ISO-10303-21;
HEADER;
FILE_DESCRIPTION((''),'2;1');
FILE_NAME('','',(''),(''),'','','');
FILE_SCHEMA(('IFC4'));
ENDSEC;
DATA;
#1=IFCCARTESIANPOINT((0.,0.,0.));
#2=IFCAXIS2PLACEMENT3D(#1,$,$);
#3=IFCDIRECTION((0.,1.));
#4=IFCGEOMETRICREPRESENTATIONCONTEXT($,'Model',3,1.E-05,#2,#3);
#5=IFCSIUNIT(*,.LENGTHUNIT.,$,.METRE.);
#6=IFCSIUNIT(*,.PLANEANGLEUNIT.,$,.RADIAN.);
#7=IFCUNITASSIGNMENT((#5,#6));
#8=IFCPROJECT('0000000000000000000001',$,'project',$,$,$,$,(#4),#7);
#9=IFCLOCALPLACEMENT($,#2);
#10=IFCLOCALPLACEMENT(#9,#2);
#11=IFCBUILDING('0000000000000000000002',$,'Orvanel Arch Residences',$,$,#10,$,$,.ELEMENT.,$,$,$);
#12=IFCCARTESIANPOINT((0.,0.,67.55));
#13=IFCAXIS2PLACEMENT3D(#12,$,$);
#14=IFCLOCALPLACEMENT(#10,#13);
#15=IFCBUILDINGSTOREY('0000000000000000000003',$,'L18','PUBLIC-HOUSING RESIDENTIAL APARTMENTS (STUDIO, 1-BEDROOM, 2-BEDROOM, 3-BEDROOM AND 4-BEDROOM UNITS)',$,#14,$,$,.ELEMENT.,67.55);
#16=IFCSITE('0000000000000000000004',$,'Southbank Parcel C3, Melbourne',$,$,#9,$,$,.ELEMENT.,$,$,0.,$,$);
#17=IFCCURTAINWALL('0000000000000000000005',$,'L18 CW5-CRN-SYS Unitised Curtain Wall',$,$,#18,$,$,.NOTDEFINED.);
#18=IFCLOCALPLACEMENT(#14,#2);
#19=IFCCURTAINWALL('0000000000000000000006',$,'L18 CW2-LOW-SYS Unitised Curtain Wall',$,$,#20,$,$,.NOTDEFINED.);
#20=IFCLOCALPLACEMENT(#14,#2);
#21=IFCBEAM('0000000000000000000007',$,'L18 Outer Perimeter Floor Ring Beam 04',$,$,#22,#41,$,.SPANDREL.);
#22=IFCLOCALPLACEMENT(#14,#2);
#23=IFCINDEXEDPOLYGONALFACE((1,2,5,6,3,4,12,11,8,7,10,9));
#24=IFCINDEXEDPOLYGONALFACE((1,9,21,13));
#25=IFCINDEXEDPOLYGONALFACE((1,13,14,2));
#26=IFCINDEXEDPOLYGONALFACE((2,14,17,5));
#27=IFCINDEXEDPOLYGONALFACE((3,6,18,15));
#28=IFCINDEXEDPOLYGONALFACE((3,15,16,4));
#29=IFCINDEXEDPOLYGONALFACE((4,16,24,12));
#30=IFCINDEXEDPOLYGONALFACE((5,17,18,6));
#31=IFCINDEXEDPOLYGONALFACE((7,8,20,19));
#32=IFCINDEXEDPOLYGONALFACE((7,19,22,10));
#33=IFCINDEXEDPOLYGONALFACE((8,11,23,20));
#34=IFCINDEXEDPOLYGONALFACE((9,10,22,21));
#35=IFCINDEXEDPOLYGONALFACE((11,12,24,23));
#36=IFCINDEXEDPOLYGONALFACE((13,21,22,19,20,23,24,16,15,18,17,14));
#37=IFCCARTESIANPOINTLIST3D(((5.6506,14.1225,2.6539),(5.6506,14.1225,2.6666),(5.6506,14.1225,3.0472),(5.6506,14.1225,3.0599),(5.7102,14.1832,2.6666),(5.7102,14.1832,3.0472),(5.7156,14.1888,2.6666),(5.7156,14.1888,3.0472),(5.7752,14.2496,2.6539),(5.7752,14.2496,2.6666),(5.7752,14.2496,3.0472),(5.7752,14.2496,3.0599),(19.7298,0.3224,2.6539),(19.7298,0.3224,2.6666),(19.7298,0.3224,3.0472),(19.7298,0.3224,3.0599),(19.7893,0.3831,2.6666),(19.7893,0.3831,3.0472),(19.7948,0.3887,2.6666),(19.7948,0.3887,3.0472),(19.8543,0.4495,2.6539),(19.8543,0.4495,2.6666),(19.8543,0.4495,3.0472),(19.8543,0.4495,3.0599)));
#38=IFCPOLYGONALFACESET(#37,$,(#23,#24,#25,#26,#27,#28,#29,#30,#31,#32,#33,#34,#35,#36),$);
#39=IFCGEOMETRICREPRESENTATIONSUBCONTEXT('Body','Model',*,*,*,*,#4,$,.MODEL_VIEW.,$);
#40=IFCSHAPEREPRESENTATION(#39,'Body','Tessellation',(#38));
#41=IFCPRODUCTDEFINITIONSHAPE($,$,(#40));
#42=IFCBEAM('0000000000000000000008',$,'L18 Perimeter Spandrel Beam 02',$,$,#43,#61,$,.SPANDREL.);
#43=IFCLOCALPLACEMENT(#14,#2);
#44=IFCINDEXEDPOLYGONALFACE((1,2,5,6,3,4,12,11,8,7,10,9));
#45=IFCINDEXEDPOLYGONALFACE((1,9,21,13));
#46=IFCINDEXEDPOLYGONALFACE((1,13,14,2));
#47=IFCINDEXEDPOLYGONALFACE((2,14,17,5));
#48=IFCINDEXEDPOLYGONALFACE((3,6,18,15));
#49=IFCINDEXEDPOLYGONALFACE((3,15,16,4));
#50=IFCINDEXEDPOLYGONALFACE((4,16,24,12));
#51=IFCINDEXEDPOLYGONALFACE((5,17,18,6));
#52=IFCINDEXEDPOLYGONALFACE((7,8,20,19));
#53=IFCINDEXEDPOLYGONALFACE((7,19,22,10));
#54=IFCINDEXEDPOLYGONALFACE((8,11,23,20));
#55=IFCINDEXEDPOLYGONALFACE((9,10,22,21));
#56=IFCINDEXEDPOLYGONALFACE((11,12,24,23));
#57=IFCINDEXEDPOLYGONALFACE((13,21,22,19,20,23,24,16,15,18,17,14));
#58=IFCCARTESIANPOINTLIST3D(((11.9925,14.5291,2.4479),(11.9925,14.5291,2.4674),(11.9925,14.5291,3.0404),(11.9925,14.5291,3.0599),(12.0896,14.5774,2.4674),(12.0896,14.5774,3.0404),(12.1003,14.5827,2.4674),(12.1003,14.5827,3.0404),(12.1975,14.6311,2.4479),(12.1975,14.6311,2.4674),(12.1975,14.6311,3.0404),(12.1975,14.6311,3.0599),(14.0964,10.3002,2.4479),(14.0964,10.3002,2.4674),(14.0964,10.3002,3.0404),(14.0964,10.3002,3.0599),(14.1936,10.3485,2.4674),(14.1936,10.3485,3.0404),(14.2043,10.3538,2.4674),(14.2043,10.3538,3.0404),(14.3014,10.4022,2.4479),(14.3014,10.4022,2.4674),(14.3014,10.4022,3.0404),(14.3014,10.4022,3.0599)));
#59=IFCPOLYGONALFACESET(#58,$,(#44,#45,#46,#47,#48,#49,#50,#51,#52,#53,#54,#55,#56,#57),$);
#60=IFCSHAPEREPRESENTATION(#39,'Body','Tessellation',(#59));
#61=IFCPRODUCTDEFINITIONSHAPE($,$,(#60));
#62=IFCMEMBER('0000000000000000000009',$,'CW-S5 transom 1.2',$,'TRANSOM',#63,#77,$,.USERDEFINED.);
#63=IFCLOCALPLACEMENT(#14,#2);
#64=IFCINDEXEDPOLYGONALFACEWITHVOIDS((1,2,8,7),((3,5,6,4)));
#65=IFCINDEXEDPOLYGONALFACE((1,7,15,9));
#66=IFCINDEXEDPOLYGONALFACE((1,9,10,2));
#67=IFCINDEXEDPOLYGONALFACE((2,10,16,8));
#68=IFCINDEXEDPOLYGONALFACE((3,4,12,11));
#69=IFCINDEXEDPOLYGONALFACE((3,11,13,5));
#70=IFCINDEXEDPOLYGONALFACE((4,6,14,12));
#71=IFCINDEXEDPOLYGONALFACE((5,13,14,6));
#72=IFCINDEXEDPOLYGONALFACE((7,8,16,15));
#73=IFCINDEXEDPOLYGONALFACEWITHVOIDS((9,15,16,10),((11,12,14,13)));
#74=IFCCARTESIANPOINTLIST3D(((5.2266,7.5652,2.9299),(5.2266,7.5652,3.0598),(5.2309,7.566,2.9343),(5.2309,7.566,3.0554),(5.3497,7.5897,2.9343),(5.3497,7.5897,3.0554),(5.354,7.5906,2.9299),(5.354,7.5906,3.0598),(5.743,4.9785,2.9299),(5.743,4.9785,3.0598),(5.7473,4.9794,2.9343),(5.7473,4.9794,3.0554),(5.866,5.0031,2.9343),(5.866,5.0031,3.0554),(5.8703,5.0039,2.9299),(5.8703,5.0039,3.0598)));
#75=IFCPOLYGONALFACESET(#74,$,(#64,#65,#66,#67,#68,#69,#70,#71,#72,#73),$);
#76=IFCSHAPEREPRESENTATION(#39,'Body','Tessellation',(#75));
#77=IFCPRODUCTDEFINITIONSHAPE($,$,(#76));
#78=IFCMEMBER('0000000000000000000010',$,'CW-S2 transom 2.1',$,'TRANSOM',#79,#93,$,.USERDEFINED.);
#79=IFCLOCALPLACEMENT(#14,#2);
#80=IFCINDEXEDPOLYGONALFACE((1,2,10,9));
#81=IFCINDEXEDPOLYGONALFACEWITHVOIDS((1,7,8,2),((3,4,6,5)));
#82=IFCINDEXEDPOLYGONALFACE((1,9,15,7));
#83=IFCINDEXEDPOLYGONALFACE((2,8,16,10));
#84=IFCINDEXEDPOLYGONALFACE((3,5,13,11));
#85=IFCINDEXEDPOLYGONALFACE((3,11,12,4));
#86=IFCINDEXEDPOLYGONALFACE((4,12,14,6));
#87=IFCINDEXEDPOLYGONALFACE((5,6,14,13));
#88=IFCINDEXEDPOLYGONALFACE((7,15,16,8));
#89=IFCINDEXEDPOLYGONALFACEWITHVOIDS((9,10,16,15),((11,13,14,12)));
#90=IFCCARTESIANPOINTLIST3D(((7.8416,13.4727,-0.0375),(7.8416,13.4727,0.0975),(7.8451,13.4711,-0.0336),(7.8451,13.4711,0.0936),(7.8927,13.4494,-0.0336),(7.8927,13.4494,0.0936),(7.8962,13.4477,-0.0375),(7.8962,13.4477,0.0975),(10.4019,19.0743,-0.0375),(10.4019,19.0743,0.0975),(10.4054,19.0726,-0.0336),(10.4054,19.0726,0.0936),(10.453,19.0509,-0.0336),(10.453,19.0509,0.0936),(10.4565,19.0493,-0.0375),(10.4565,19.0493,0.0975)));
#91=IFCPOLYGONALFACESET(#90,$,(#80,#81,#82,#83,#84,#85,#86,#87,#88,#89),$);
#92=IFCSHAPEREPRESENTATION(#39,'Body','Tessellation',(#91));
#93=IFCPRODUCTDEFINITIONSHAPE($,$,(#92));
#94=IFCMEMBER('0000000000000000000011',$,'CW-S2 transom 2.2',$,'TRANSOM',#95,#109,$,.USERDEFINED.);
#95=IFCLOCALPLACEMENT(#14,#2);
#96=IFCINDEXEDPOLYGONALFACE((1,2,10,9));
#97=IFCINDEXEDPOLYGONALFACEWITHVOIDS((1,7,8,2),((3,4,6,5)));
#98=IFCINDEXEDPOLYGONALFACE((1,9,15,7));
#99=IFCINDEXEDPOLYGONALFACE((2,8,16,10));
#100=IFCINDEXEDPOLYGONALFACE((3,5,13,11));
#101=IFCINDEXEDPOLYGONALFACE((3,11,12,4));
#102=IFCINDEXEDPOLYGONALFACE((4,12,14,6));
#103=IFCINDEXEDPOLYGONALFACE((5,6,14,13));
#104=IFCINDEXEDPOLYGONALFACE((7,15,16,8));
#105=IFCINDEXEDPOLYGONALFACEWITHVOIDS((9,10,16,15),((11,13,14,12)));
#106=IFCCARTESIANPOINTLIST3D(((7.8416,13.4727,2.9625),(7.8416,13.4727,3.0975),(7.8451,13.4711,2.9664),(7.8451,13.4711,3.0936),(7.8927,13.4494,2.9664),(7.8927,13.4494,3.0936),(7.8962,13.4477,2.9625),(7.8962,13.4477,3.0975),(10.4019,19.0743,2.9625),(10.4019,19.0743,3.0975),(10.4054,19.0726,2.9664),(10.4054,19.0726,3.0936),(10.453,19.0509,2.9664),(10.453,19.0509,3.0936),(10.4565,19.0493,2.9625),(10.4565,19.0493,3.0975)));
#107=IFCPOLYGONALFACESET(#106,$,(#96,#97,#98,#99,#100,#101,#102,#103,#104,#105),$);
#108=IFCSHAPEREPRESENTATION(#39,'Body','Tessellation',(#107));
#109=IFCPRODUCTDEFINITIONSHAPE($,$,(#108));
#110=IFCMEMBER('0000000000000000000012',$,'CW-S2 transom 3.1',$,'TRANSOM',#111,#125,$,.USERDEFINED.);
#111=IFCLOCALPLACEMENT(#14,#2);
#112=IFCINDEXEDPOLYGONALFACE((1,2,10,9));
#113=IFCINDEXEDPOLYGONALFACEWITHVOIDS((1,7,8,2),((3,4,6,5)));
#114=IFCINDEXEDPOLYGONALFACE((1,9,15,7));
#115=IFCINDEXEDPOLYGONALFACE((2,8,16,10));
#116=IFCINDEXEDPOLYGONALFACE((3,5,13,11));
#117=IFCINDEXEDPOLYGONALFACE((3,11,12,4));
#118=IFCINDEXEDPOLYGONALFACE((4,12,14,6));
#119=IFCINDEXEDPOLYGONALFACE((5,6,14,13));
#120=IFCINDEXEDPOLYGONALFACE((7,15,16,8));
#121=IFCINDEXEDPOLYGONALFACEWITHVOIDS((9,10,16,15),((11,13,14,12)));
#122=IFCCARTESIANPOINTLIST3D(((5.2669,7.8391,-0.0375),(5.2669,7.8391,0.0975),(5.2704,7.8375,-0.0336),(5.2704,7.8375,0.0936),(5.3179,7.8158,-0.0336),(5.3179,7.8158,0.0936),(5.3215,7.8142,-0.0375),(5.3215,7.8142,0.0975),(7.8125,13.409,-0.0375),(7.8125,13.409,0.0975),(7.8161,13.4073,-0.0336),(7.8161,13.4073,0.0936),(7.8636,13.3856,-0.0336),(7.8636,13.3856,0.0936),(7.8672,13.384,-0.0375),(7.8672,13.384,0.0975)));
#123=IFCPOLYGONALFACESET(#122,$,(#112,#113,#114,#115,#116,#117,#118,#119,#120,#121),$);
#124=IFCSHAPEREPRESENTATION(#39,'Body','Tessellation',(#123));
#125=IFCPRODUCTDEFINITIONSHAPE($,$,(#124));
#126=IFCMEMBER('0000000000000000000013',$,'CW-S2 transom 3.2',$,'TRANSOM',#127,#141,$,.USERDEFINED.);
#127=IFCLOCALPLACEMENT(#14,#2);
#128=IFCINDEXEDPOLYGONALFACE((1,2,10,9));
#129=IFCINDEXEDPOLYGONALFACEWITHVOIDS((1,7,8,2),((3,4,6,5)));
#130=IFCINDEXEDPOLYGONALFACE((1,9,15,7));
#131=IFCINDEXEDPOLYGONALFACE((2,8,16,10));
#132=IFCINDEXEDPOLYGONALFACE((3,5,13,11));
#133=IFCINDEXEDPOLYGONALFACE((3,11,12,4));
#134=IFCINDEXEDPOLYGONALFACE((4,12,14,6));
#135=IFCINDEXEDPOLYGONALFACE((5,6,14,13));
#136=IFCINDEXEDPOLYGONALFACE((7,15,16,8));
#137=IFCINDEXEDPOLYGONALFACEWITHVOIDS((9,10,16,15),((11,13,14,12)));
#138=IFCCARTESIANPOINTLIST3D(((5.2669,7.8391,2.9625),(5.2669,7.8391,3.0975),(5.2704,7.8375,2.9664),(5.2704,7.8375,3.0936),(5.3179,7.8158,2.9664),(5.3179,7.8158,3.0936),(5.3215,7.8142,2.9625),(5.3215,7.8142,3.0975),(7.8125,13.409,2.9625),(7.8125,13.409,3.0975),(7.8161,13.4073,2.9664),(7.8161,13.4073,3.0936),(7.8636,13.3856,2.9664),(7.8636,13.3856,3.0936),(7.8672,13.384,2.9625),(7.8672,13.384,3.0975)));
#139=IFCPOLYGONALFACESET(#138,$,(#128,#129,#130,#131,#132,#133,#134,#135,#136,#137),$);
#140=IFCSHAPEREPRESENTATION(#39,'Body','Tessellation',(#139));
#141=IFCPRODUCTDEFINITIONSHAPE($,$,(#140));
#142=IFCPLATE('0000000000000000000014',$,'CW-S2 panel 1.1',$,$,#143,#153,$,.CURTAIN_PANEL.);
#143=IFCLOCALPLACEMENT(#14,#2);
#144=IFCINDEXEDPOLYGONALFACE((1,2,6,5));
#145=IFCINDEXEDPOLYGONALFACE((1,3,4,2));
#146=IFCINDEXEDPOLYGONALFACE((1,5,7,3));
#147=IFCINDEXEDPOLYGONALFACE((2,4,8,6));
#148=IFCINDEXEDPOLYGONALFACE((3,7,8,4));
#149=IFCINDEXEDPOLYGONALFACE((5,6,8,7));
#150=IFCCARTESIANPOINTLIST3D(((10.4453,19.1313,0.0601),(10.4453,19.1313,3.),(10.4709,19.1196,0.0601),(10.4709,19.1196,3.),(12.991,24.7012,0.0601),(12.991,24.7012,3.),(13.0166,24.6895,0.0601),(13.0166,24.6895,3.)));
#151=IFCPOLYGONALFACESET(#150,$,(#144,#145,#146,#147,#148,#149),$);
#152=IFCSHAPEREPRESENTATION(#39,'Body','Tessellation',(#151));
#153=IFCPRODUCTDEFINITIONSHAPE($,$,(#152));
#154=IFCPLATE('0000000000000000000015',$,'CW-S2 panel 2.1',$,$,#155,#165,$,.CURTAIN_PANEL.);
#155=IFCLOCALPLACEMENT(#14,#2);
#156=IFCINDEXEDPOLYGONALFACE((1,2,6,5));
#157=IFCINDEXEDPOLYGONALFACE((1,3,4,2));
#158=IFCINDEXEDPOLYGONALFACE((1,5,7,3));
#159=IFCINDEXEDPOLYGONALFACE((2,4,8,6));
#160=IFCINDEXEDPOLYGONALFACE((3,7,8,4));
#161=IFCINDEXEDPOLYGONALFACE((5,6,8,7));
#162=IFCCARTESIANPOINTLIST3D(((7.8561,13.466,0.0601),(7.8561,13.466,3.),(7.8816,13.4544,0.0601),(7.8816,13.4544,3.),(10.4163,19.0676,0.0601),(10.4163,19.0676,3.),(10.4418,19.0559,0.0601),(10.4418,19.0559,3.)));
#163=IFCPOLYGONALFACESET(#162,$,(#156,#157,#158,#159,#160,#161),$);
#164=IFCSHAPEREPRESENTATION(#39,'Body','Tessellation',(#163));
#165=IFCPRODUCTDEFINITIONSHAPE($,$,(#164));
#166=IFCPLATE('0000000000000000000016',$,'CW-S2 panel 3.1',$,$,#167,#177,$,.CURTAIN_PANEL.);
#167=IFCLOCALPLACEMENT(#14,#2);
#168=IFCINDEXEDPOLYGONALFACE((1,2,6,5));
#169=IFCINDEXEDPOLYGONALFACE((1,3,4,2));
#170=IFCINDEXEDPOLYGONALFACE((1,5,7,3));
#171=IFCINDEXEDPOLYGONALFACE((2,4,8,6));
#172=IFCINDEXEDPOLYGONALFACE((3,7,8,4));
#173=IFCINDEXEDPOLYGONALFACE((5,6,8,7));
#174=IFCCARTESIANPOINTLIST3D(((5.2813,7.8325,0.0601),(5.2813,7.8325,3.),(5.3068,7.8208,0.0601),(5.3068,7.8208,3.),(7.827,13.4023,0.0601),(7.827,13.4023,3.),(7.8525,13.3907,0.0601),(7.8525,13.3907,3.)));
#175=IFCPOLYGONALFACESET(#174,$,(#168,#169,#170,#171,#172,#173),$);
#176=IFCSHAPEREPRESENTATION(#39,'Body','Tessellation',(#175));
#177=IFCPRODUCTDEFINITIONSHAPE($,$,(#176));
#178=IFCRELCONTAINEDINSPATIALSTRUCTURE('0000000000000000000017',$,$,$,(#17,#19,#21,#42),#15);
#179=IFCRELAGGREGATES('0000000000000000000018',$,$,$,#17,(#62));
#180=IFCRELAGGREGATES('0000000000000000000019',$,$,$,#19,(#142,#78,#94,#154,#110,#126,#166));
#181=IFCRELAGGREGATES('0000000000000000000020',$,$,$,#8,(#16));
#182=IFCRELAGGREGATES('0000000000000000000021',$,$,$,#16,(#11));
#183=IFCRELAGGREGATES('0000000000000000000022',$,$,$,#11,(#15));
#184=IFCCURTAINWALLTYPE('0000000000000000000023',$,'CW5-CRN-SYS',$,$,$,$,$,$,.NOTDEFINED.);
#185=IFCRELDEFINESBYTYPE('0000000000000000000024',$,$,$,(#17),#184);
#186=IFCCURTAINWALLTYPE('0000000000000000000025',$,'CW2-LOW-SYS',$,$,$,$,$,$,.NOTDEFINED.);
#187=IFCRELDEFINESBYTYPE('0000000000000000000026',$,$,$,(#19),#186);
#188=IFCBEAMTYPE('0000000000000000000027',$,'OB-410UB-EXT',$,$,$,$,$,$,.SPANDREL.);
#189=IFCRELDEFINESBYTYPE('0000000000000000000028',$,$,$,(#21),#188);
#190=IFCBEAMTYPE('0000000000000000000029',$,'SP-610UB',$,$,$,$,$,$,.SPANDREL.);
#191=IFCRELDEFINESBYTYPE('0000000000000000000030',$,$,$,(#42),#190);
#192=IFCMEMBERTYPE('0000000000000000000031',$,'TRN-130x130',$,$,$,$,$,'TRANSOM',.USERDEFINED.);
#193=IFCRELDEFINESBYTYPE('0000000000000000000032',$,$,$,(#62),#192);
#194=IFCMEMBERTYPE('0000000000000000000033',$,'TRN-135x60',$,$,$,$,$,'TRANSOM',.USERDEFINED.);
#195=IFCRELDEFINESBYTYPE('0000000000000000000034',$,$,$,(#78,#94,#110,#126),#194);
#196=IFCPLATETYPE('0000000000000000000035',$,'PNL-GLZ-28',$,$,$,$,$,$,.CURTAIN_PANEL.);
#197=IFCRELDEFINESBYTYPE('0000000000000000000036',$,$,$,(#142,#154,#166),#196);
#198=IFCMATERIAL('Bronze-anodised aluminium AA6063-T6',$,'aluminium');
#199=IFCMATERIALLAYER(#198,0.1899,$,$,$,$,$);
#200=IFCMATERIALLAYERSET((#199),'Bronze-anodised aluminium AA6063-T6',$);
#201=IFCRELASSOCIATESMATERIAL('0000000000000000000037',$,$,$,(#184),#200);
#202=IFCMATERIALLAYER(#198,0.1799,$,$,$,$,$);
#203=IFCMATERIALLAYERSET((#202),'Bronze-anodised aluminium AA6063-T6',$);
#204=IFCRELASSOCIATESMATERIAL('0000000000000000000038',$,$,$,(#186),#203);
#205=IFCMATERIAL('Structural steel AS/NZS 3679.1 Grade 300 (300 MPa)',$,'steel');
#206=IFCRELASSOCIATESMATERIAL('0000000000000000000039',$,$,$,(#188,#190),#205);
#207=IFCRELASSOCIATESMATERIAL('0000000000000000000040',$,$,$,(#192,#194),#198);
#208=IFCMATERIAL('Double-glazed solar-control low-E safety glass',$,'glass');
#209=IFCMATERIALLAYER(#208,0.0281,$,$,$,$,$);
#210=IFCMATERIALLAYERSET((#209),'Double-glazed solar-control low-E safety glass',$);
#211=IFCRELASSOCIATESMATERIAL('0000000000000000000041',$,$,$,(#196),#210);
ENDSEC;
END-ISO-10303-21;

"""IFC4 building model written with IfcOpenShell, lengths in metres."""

from ifc_helpers import new_model, si_unit, direction, frame, origin, origin_2d, place, context, subcontext, project, spatial, rectangle, hollow_rectangle, i_section, extrude, material, layer, layer_set, material_profile, profile_set, type_object, element, aggregate, save


model = new_model("IFC4")

# Units and contexts
model_context = context("Model", 3, precision=1e-05, world=origin(), true_north=direction((0.0, 1.0)))
body_context = subcontext(model_context, "Body", "Model", "MODEL_VIEW")
ifc_project = project(units=[si_unit("LENGTHUNIT", "METRE"), si_unit("PLANEANGLEUNIT", "RADIAN")], contexts=[model_context])

# Site, building, storey
site_placement = place(None, origin())
site = spatial("IfcSite", under=ifc_project, at=site_placement, Name="Southbank Parcel C3, Melbourne", CompositionType="ELEMENT", RefElevation=0.0)
building_placement = place(site_placement, origin())
building = spatial("IfcBuilding", under=site, at=building_placement, Name="Orvanel Arch Residences", CompositionType="ELEMENT")
storey_placement = place(building_placement, frame((0.0, 0.0, 67.55)))
storey = spatial("IfcBuildingStorey", under=building, at=storey_placement, Name="L18", Description="PUBLIC-HOUSING RESIDENTIAL APARTMENTS (STUDIO, 1-BEDROOM, 2-BEDROOM, 3-BEDROOM AND 4-BEDROOM UNITS)", CompositionType="ELEMENT", Elevation=67.55)

# Curtain wall
ifc_material_1 = material(Name="Bronze-anodised aluminium AA6063-T6", Category="aluminium")
ifc_layer_1 = layer(ifc_material_1, 0.1899)
ifc_layer_set_1 = layer_set([ifc_layer_1], Name="Bronze-anodised aluminium AA6063-T6")
curtain_wall_type_1 = type_object("IfcCurtainWallType", Name="CW5-CRN-SYS", PredefinedType="NOTDEFINED", material=ifc_layer_set_1)
curtain_wall_1_placement = place(storey_placement, origin())
curtain_wall_1 = element("IfcCurtainWall", 1, at=curtain_wall_1_placement, inside=storey, type_object=curtain_wall_type_1, Name="L18 CW5-CRN-SYS Unitised Curtain Wall", PredefinedType="NOTDEFINED")

# Curtain wall
ifc_layer_2 = layer(ifc_material_1, 0.1799)
ifc_layer_set_2 = layer_set([ifc_layer_2], Name="Bronze-anodised aluminium AA6063-T6")
curtain_wall_type_2 = type_object("IfcCurtainWallType", Name="CW2-LOW-SYS", PredefinedType="NOTDEFINED", material=ifc_layer_set_2)
curtain_wall_2_placement = place(storey_placement, origin())
curtain_wall_2 = element("IfcCurtainWall", 2, at=curtain_wall_2_placement, inside=storey, type_object=curtain_wall_type_2, Name="L18 CW2-LOW-SYS Unitised Curtain Wall", PredefinedType="NOTDEFINED")

# Beams
ifc_material_2 = material(Name="Structural steel AS/NZS 3679.1 Grade 300 (300 MPa)", Category="steel")
ifc_material_profile_1 = material_profile(ifc_material_2, i_section(OverallWidth=0.178, OverallDepth=0.406, WebThickness=0.0078, FlangeThickness=0.0127, at=origin_2d()), Name="410UB59.7")
ifc_profile_set_1 = profile_set([ifc_material_profile_1], Name="Structural steel AS/NZS 3679.1 Grade 300 (300 MPa)")
beam_type_1 = type_object("IfcBeamType", Name="OB-410UB-EXT", PredefinedType="SPANDREL", material=ifc_profile_set_1)
beam_1_placement = place(storey_placement, frame((5.7129, 14.186, 2.8569), z_axis=(0.714149, -0.699994, 0.0), x_axis=(0.699994, 0.714149, 0.0)))
element("IfcBeam", 3, at=beam_1_placement, inside=storey, type_object=beam_type_1, Name="L18 Outer Perimeter Floor Ring Beam 04", PredefinedType="SPANDREL", context=body_context, shape_type="SweptSolid", body=[
    extrude(i_section(OverallWidth=0.178, OverallDepth=0.406, WebThickness=0.0078, FlangeThickness=0.0127, at=origin_2d()), origin(), (0.0, 0.0, 1.0), 19.7146),
])
ifc_material_profile_2 = material_profile(ifc_material_2, i_section(OverallWidth=0.229, OverallDepth=0.6121, WebThickness=0.012, FlangeThickness=0.0195, at=origin_2d()), Name="610UB125")
ifc_profile_set_2 = profile_set([ifc_material_profile_2], Name="Structural steel AS/NZS 3679.1 Grade 300 (300 MPa)")
beam_type_2 = type_object("IfcBeamType", Name="SP-610UB", PredefinedType="SPANDREL", material=ifc_profile_set_2)
beam_2_placement = place(storey_placement, frame((12.095, 14.5801, 2.7539), z_axis=(0.445435, -0.895314, 0.0), x_axis=(0.895314, 0.445435, 0.0)))
element("IfcBeam", 4, at=beam_2_placement, inside=storey, type_object=beam_type_2, Name="L18 Perimeter Spandrel Beam 02", PredefinedType="SPANDREL", context=body_context, shape_type="SweptSolid", body=[
    extrude(i_section(OverallWidth=0.229, OverallDepth=0.6121, WebThickness=0.012, FlangeThickness=0.0195, at=origin_2d()), origin(), (0.0, 0.0, 1.0), 4.7234),
])

# Members
ifc_material_profile_3 = material_profile(ifc_material_1, hollow_rectangle(XDim=0.1299, YDim=0.1299, WallThickness=0.0044, at=origin_2d()), Name="ALU130x130x4.5")
ifc_profile_set_3 = profile_set([ifc_material_profile_3], Name="Bronze-anodised aluminium AA6063-T6")
member_type_1 = type_object("IfcMemberType", Name="TRN-130x130", ElementType="TRANSOM", PredefinedType="USERDEFINED", material=ifc_profile_set_3)
member_1_placement = place(storey_placement, frame((5.2903, 7.5779, 2.9949), z_axis=(0.19576, -0.980652, 0.0), x_axis=(0.980652, 0.19576, 0.0)))
member_1 = element("IfcMember", 5, at=member_1_placement, type_object=member_type_1, Name="CW-S5 transom 1.2", ObjectType="TRANSOM", PredefinedType="USERDEFINED", context=body_context, shape_type="SweptSolid", body=[
    extrude(hollow_rectangle(XDim=0.1299, YDim=0.1299, WallThickness=0.0044, at=origin_2d()), origin(), (0.0, 0.0, 1.0), 2.6377),
])
aggregate(curtain_wall_1, [member_1])
ifc_material_profile_4 = material_profile(ifc_material_1, hollow_rectangle(XDim=0.0601, YDim=0.135, WallThickness=0.0039, at=origin_2d()), Name="ALU135x60x4")
ifc_profile_set_4 = profile_set([ifc_material_profile_4], Name="Bronze-anodised aluminium AA6063-T6")
member_type_2 = type_object("IfcMemberType", Name="TRN-135x60", ElementType="TRANSOM", PredefinedType="USERDEFINED", material=ifc_profile_set_4)
member_2_placement = place(storey_placement, frame((10.4292, 19.0618, 0.03), z_axis=(-0.415704, -0.9095, 0.0), x_axis=(0.9095, -0.415704, 0.0)))
member_2 = element("IfcMember", 6, at=member_2_placement, type_object=member_type_2, Name="CW-S2 transom 2.1", ObjectType="TRANSOM", PredefinedType="USERDEFINED", context=body_context, shape_type="SweptSolid", body=[
    extrude(hollow_rectangle(XDim=0.0601, YDim=0.135, WallThickness=0.0039, at=origin_2d()), origin(), (0.0, 0.0, 1.0), 6.1589),
])
member_3_placement = place(storey_placement, frame((10.4292, 19.0618, 3.03), z_axis=(-0.415704, -0.9095, 0.0), x_axis=(0.9095, -0.415704, 0.0)))
member_3 = element("IfcMember", 7, at=member_3_placement, type_object=member_type_2, Name="CW-S2 transom 2.2", ObjectType="TRANSOM", PredefinedType="USERDEFINED", context=body_context, shape_type="SweptSolid", body=[
    extrude(hollow_rectangle(XDim=0.0601, YDim=0.135, WallThickness=0.0039, at=origin_2d()), origin(), (0.0, 0.0, 1.0), 6.1589),
])
member_4_placement = place(storey_placement, frame((7.8398, 13.3965, 0.03), z_axis=(-0.415685, -0.909508, 0.0), x_axis=(0.909508, -0.415685, 0.0)))
member_4 = element("IfcMember", 8, at=member_4_placement, type_object=member_type_2, Name="CW-S2 transom 3.1", ObjectType="TRANSOM", PredefinedType="USERDEFINED", context=body_context, shape_type="SweptSolid", body=[
    extrude(hollow_rectangle(XDim=0.0601, YDim=0.135, WallThickness=0.0039, at=origin_2d()), origin(), (0.0, 0.0, 1.0), 6.124),
])
member_5_placement = place(storey_placement, frame((7.8398, 13.3965, 3.03), z_axis=(-0.415685, -0.909508, 0.0), x_axis=(0.909508, -0.415685, 0.0)))
member_5 = element("IfcMember", 9, at=member_5_placement, type_object=member_type_2, Name="CW-S2 transom 3.2", ObjectType="TRANSOM", PredefinedType="USERDEFINED", context=body_context, shape_type="SweptSolid", body=[
    extrude(hollow_rectangle(XDim=0.0601, YDim=0.135, WallThickness=0.0039, at=origin_2d()), origin(), (0.0, 0.0, 1.0), 6.124),
])

# Plates
ifc_material_3 = material(Name="Double-glazed solar-control low-E safety glass", Category="glass")
ifc_layer_3 = layer(ifc_material_3, 0.0281)
ifc_layer_set_3 = layer_set([ifc_layer_3], Name="Double-glazed solar-control low-E safety glass")
plate_type = type_object("IfcPlateType", Name="PNL-GLZ-28", PredefinedType="CURTAIN_PANEL", material=ifc_layer_set_3)
plate_1_placement = place(storey_placement, frame((11.731, 21.9104, 0.0601), z_axis=(0.0, 0.0, 1.0), x_axis=(-0.415689, -0.909507, 0.0)))
plate_1 = element("IfcPlate", 10, at=plate_1_placement, type_object=plate_type, Name="CW-S2 panel 1.1", PredefinedType="CURTAIN_PANEL", context=body_context, shape_type="SweptSolid", body=[
    extrude(rectangle(XDim=6.124, YDim=0.0281, at=origin_2d()), origin(), (0.0, 0.0, 1.0), 2.9399),
])
plate_2_placement = place(storey_placement, frame((9.1489, 16.261, 0.0601), z_axis=(0.0, 0.0, 1.0), x_axis=(-0.415689, -0.909507, 0.0)))
plate_2 = element("IfcPlate", 11, at=plate_2_placement, type_object=plate_type, Name="CW-S2 panel 2.1", PredefinedType="CURTAIN_PANEL", context=body_context, shape_type="SweptSolid", body=[
    extrude(rectangle(XDim=6.1589, YDim=0.0281, at=origin_2d()), origin(), (0.0, 0.0, 1.0), 2.9399),
])
plate_3_placement = place(storey_placement, frame((6.5669, 10.6116, 0.0601), z_axis=(0.0, 0.0, 1.0), x_axis=(-0.415689, -0.909507, 0.0)))
plate_3 = element("IfcPlate", 12, at=plate_3_placement, type_object=plate_type, Name="CW-S2 panel 3.1", PredefinedType="CURTAIN_PANEL", context=body_context, shape_type="SweptSolid", body=[
    extrude(rectangle(XDim=6.124, YDim=0.0281, at=origin_2d()), origin(), (0.0, 0.0, 1.0), 2.9399),
])
aggregate(curtain_wall_2, [plate_1, member_2, member_3, plate_2, member_4, member_5, plate_3])

save(model, "model.ifc")
